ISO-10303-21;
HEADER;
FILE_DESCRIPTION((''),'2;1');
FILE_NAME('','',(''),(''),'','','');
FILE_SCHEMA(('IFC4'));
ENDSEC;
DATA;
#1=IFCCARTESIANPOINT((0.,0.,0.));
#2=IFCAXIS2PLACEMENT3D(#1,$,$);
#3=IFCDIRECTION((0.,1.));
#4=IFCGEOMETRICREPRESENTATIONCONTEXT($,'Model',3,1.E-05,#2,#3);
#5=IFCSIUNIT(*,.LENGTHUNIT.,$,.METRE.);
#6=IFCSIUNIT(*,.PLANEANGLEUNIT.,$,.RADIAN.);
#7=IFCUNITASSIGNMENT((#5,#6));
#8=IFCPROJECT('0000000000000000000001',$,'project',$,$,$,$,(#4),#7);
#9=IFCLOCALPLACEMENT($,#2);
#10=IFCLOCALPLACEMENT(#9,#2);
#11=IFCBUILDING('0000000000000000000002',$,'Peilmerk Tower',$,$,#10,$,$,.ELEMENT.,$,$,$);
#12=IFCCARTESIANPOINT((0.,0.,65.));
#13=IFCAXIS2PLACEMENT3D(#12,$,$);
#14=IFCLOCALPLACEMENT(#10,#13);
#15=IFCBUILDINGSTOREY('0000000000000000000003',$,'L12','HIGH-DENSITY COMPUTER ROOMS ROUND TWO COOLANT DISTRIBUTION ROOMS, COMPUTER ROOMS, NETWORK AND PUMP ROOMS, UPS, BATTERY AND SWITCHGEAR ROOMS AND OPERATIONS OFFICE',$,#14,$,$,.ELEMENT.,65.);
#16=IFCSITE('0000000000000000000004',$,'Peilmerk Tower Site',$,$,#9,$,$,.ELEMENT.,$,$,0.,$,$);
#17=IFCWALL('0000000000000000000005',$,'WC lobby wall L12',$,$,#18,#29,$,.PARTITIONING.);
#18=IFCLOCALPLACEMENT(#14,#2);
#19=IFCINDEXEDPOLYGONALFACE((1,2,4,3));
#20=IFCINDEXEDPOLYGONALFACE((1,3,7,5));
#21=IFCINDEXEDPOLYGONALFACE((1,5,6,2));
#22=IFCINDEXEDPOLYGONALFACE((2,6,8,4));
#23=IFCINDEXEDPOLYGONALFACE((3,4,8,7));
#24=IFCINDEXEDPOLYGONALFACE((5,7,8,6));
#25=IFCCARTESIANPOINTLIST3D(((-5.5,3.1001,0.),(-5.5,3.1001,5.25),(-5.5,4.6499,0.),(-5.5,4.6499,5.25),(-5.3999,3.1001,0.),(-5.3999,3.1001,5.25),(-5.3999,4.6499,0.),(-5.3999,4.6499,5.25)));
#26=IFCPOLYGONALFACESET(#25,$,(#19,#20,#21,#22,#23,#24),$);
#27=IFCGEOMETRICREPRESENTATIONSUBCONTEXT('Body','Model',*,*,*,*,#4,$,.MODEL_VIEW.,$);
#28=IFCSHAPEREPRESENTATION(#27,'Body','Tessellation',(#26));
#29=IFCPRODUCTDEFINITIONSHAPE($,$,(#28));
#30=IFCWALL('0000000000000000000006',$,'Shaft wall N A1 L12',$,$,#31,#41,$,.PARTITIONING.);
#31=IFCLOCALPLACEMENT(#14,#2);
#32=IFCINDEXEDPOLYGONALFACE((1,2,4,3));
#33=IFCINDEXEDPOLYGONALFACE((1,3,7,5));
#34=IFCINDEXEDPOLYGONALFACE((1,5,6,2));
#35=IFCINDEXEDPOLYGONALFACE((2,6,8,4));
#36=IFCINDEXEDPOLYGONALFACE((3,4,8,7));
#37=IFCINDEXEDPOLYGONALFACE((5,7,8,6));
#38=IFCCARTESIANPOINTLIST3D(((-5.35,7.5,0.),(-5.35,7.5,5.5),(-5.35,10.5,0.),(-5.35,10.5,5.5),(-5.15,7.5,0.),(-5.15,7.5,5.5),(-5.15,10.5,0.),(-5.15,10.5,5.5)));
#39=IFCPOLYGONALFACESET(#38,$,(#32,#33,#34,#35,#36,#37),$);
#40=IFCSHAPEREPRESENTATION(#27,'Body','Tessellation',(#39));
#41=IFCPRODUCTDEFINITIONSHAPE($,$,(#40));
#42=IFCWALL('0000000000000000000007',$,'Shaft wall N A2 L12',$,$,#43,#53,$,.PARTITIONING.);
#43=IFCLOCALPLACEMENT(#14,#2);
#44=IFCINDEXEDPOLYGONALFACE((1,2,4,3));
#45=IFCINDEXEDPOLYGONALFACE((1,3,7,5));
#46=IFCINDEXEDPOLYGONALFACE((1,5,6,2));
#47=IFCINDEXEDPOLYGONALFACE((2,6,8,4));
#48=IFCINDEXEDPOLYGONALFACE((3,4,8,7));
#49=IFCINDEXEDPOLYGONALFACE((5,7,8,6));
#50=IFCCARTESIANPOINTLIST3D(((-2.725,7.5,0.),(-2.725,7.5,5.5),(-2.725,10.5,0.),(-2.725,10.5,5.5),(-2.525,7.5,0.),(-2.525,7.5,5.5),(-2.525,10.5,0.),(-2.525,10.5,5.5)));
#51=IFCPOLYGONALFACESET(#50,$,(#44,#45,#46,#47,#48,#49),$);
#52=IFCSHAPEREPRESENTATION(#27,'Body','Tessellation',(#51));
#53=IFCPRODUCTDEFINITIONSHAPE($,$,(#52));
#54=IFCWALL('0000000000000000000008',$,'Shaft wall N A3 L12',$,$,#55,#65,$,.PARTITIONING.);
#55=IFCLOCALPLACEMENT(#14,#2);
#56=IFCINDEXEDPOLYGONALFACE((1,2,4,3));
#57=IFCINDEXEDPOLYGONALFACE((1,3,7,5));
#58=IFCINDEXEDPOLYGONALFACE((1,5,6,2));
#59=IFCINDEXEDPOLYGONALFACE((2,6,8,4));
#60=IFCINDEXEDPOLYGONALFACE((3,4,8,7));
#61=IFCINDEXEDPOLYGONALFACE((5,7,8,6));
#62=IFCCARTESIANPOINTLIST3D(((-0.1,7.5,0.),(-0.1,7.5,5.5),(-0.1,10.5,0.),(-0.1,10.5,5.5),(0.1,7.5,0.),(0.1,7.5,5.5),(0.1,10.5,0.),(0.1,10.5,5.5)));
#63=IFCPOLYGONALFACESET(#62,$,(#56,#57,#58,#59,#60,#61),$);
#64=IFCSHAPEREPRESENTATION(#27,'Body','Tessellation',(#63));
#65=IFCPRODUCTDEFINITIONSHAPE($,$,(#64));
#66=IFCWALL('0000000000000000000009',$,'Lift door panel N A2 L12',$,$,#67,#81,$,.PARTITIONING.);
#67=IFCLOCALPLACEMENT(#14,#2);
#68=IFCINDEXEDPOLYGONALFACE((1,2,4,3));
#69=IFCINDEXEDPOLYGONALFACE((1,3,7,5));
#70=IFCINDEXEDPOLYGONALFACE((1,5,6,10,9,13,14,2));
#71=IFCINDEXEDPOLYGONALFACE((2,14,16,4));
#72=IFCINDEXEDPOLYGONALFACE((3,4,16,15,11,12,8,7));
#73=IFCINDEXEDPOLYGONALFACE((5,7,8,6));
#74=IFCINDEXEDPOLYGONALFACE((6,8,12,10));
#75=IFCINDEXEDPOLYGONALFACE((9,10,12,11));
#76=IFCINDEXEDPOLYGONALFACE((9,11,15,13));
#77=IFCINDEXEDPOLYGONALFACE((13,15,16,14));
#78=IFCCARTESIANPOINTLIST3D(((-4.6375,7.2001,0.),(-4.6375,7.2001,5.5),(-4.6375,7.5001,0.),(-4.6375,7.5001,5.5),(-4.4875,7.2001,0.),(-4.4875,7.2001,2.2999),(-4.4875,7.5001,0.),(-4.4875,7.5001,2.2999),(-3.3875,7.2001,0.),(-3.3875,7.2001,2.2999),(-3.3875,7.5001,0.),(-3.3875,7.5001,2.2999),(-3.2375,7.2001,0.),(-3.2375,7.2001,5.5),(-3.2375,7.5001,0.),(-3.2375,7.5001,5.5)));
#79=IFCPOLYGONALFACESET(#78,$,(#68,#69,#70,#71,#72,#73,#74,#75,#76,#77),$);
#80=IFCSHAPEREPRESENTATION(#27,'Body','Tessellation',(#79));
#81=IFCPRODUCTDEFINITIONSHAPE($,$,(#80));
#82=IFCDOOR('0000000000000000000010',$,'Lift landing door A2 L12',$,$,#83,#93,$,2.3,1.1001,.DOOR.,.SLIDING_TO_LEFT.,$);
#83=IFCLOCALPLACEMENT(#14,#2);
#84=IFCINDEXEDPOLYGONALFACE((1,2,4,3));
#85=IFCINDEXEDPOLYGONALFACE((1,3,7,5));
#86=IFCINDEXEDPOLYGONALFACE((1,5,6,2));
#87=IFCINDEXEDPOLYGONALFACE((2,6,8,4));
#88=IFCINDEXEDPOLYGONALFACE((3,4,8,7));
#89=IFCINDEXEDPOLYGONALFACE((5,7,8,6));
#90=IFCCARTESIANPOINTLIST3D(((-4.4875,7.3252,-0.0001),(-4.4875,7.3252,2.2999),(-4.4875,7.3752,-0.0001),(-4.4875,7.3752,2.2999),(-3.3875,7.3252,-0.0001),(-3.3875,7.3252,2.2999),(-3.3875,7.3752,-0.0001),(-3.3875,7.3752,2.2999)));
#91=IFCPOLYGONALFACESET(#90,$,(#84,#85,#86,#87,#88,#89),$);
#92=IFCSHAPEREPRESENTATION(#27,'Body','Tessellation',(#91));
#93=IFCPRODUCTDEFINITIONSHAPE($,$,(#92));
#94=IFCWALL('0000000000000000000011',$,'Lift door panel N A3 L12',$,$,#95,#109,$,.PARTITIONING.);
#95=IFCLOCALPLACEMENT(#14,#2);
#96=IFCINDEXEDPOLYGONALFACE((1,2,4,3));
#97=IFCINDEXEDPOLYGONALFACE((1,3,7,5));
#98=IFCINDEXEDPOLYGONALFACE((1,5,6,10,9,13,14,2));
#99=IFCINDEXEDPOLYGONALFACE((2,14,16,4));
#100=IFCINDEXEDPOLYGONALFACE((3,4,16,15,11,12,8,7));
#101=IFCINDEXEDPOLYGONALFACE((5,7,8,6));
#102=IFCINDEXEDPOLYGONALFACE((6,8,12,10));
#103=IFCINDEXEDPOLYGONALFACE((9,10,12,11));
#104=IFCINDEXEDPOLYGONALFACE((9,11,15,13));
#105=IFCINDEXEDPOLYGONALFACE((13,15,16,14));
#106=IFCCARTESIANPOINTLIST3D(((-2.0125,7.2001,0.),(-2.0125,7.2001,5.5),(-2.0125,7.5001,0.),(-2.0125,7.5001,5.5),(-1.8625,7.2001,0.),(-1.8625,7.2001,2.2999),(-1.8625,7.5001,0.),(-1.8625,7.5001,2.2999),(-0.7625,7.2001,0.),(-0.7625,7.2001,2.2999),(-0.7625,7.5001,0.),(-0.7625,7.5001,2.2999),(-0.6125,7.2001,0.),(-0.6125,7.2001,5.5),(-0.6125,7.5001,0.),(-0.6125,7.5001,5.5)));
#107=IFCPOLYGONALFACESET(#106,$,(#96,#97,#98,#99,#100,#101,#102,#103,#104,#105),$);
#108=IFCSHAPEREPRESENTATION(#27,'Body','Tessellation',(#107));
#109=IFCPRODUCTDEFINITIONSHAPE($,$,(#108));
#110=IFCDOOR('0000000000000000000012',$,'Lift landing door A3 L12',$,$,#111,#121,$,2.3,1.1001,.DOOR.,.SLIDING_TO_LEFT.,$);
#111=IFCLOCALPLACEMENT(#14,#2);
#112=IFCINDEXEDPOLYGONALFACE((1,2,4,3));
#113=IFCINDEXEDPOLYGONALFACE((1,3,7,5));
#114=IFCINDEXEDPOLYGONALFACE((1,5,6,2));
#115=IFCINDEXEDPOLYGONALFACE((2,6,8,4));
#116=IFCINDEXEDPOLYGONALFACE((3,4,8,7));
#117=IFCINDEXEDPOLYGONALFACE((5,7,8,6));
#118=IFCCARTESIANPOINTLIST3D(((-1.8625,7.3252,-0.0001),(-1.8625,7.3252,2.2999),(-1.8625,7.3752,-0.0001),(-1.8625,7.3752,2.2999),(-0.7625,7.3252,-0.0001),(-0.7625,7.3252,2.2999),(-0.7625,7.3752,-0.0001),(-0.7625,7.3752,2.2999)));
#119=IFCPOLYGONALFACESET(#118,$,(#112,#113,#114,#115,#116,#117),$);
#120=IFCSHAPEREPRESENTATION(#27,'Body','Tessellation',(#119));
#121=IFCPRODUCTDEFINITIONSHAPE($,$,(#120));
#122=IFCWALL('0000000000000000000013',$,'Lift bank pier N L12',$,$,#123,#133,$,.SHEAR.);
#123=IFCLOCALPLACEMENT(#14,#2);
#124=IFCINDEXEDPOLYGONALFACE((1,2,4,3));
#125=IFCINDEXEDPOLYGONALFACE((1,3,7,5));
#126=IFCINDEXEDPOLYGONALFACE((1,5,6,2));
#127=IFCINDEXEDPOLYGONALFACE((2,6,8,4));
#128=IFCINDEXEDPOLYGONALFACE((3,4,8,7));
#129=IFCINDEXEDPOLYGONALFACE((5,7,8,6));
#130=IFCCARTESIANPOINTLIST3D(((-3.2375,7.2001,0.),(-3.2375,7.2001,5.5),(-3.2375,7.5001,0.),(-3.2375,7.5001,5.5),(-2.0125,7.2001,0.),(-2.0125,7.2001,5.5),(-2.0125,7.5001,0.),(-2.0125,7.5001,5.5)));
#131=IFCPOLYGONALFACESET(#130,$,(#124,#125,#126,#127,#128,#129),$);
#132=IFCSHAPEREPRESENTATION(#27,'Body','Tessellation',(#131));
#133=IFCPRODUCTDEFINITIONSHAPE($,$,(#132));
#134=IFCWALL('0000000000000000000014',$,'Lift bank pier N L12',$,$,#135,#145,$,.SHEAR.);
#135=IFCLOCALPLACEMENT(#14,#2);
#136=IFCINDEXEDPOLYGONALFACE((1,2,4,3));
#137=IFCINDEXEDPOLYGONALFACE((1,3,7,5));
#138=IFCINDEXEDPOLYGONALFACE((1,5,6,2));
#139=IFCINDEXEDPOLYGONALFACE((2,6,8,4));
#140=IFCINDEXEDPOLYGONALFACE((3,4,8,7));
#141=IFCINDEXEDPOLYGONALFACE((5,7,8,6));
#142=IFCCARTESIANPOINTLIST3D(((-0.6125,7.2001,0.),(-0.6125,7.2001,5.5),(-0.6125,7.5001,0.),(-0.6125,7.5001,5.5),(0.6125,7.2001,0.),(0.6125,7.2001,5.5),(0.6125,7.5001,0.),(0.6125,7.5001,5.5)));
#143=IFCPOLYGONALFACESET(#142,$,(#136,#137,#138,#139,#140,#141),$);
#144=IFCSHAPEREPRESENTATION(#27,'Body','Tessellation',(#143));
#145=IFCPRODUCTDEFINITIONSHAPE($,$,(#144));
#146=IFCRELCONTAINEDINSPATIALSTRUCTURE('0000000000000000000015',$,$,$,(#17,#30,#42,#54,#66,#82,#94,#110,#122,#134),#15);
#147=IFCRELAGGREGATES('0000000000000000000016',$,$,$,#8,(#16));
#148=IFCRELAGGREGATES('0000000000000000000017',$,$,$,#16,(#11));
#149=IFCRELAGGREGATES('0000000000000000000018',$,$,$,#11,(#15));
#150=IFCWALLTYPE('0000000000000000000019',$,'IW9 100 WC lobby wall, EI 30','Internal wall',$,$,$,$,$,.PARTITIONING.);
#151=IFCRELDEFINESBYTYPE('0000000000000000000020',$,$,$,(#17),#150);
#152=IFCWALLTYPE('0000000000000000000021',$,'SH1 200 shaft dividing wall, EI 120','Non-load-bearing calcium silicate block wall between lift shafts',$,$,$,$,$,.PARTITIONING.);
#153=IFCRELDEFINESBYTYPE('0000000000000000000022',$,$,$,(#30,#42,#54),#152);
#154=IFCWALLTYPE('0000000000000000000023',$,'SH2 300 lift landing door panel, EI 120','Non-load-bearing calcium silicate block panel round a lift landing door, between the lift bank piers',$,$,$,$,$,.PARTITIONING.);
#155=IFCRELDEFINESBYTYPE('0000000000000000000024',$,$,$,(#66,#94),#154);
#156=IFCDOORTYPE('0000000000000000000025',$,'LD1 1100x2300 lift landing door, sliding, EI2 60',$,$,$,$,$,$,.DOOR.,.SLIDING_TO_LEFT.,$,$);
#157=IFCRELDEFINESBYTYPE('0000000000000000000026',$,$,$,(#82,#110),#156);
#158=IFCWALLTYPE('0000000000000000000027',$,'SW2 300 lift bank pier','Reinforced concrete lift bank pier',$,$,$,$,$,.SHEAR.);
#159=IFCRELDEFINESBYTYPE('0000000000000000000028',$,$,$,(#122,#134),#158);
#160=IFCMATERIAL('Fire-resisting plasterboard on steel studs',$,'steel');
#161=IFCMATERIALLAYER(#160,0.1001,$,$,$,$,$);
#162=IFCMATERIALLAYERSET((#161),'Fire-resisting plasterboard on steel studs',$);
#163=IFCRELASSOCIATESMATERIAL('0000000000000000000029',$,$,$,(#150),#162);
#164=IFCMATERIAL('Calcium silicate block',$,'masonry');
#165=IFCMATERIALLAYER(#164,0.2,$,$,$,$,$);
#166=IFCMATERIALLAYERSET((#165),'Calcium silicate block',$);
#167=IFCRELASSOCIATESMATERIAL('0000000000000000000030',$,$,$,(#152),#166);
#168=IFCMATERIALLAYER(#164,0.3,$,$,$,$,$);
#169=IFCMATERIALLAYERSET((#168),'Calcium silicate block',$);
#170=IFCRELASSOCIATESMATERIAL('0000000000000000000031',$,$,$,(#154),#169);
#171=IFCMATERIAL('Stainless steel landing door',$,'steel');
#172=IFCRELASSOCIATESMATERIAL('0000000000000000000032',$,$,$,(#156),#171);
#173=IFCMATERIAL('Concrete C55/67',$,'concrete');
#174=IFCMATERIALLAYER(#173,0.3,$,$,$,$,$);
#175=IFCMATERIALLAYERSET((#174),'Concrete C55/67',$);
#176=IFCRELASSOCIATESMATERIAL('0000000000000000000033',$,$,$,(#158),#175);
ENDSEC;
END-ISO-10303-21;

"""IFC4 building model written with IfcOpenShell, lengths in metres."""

from ifc_helpers import new_model, si_unit, direction, frame, frame_2d, origin, place, context, subcontext, project, spatial, rectangle, extrude, material, layer, layer_set, type_object, element, fill, save


model = new_model("IFC4")

# Units and contexts
model_context = context("Model", 3, precision=1e-05, world=origin(), true_north=direction((0.0, 1.0)))
body_context = subcontext(model_context, "Body", "Model", "MODEL_VIEW")
ifc_project = project(units=[si_unit("LENGTHUNIT", "METRE"), si_unit("PLANEANGLEUNIT", "RADIAN")], contexts=[model_context])

# Site, building, storey
site_placement = place(None, origin())
site = spatial("IfcSite", under=ifc_project, at=site_placement, Name="Peilmerk Tower Site", CompositionType="ELEMENT", RefElevation=0.0)
building_placement = place(site_placement, origin())
building = spatial("IfcBuilding", under=site, at=building_placement, Name="Peilmerk Tower", CompositionType="ELEMENT")
storey_placement = place(building_placement, frame((0.0, 0.0, 65.0)))
storey = spatial("IfcBuildingStorey", under=building, at=storey_placement, Name="L12", Description="HIGH-DENSITY COMPUTER ROOMS ROUND TWO COOLANT DISTRIBUTION ROOMS, COMPUTER ROOMS, NETWORK AND PUMP ROOMS, UPS, BATTERY AND SWITCHGEAR ROOMS AND OPERATIONS OFFICE", CompositionType="ELEMENT", Elevation=65.0)

# Shared definitions
ifc_material_1 = material(Name="Concrete C55/67", Category="concrete")

# Shared definitions
ifc_material_2 = material(Name="Fire-resisting plasterboard on steel studs", Category="steel")
ifc_layer_1 = layer(ifc_material_2, 0.1001)
ifc_layer_set_1 = layer_set([ifc_layer_1], Name="Fire-resisting plasterboard on steel studs")
wall_type_1 = type_object("IfcWallType", Name="IW9 100 WC lobby wall, EI 30", Description="Internal wall", PredefinedType="PARTITIONING", material=ifc_layer_set_1)

# Walls
wall_1_placement = place(storey_placement, frame((-5.45, 3.1001, 0.0), z_axis=(0.0, 0.0, 1.0), x_axis=(0.0, 1.0, 0.0)))
element("IfcWall", 1, at=wall_1_placement, inside=storey, type_object=wall_type_1, Name="WC lobby wall L12", PredefinedType="PARTITIONING", context=body_context, shape_type="SweptSolid", body=[
    extrude(rectangle(XDim=1.5498, YDim=0.1001, at=frame_2d((0.7749, 0.0))), origin(), (0.0, 0.0, 1.0), 5.25),
])
ifc_material_3 = material(Name="Calcium silicate block", Category="masonry")
ifc_layer_2 = layer(ifc_material_3, 0.2)
ifc_layer_set_2 = layer_set([ifc_layer_2], Name="Calcium silicate block")
wall_type_2 = type_object("IfcWallType", Name="SH1 200 shaft dividing wall, EI 120", Description="Non-load-bearing calcium silicate block wall between lift shafts", PredefinedType="PARTITIONING", material=ifc_layer_set_2)
for number, where, z_axis, x_axis, name in (
    (2, (-5.25, 7.5, 0.0), (0.0, 0.0, 1.0), (0.0, 1.0, 0.0), "Shaft wall N A1 L12"),
    (3, (-2.625, 7.5, 0.0), (0.0, 0.0, 1.0), (0.0, 1.0, 0.0), "Shaft wall N A2 L12"),
    (4, (0.0, 7.5, 0.0), (0.0, 0.0, 1.0), (0.0, 1.0, 0.0), "Shaft wall N A3 L12"),
):
    element("IfcWall", number, at=place(storey_placement, frame(where, z_axis=z_axis, x_axis=x_axis)), inside=storey, type_object=wall_type_2, Name=name, PredefinedType="PARTITIONING", context=body_context, shape_type="SweptSolid", body=[
        extrude(rectangle(XDim=3.0, YDim=0.2, at=frame_2d((1.5, 0.0))), origin(), (0.0, 0.0, 1.0), 5.5),
    ])

# Walls, openings, doors
ifc_layer_3 = layer(ifc_material_3, 0.3)
ifc_layer_set_3 = layer_set([ifc_layer_3], Name="Calcium silicate block")
wall_type_3 = type_object("IfcWallType", Name="SH2 300 lift landing door panel, EI 120", Description="Non-load-bearing calcium silicate block panel round a lift landing door, between the lift bank piers", PredefinedType="PARTITIONING", material=ifc_layer_set_3)
wall_2_placement = place(storey_placement, frame((-4.6375, 7.3501, 0.0), z_axis=(0.0, 0.0, 1.0), x_axis=(1.0, 0.0, 0.0)))
wall_2 = element("IfcWall", 5, at=wall_2_placement, inside=storey, type_object=wall_type_3, Name="Lift door panel N A2 L12", PredefinedType="PARTITIONING", context=body_context, shape_type="SweptSolid", body=[
    extrude(rectangle(XDim=1.3999, YDim=0.3, at=frame_2d((0.7, 0.0))), origin(), (0.0, 0.0, 1.0), 5.5),
])
opening_1_placement = place(wall_2_placement, frame((0.1499, 0.0, 0.0)))
opening_1 = element("IfcOpeningElement", 6, at=opening_1_placement, cuts=wall_2, PredefinedType="OPENING", context=body_context, shape_type="SweptSolid", body=[
    extrude(rectangle(XDim=1.1001, YDim=2.3, at=frame_2d((0.55, 1.1499))), frame((0.0, 0.1599, 0.0), z_axis=(0.0, -1.0, 0.0), x_axis=(1.0, 0.0, 0.0)), (0.0, 0.0, 1.0), 0.3201),
])
ifc_material_4 = material(Name="Stainless steel landing door", Category="steel")
door_type_1 = type_object("IfcDoorType", Name="LD1 1100x2300 lift landing door, sliding, EI2 60", OperationType="SLIDING_TO_LEFT", PredefinedType="DOOR", material=ifc_material_4)
door_1_placement = place(opening_1_placement, frame((1.1001, 0.0, 0.0), z_axis=(0.0, 0.0, 1.0), x_axis=(-1.0, 0.0, 0.0)))
door_1 = element("IfcDoor", 7, at=door_1_placement, inside=storey, type_object=door_type_1, Name="Lift landing door A2 L12", OperationType="SLIDING_TO_LEFT", OverallHeight=2.3, OverallWidth=1.1001, PredefinedType="DOOR", context=body_context, shape_type="SweptSolid", body=[
    extrude(rectangle(XDim=1.1001, YDim=2.3, at=frame_2d((0.55, 1.1499))), frame((0.0, 0.0249, 0.0), z_axis=(0.0, -1.0, 0.0), x_axis=(1.0, 0.0, 0.0)), (0.0, 0.0, 1.0), 0.05),
])
fill(opening_1, door_1)
wall_3_placement = place(storey_placement, frame((-2.0125, 7.3501, 0.0), z_axis=(0.0, 0.0, 1.0), x_axis=(1.0, 0.0, 0.0)))
wall_3 = element("IfcWall", 8, at=wall_3_placement, inside=storey, type_object=wall_type_3, Name="Lift door panel N A3 L12", PredefinedType="PARTITIONING", context=body_context, shape_type="SweptSolid", body=[
    extrude(rectangle(XDim=1.3999, YDim=0.3, at=frame_2d((0.7, 0.0))), origin(), (0.0, 0.0, 1.0), 5.5),
])
opening_2_placement = place(wall_3_placement, frame((0.1499, 0.0, 0.0)))
opening_2 = element("IfcOpeningElement", 9, at=opening_2_placement, cuts=wall_3, PredefinedType="OPENING", context=body_context, shape_type="SweptSolid", body=[
    extrude(rectangle(XDim=1.1001, YDim=2.3, at=frame_2d((0.55, 1.1499))), frame((0.0, 0.1599, 0.0), z_axis=(0.0, -1.0, 0.0), x_axis=(1.0, 0.0, 0.0)), (0.0, 0.0, 1.0), 0.3201),
])
door_2_placement = place(opening_2_placement, frame((1.1001, 0.0, 0.0), z_axis=(0.0, 0.0, 1.0), x_axis=(-1.0, 0.0, 0.0)))
door_2 = element("IfcDoor", 10, at=door_2_placement, inside=storey, type_object=door_type_1, Name="Lift landing door A3 L12", OperationType="SLIDING_TO_LEFT", OverallHeight=2.3, OverallWidth=1.1001, PredefinedType="DOOR", context=body_context, shape_type="SweptSolid", body=[
    extrude(rectangle(XDim=1.1001, YDim=2.3, at=frame_2d((0.55, 1.1499))), frame((0.0, 0.0249, 0.0), z_axis=(0.0, -1.0, 0.0), x_axis=(1.0, 0.0, 0.0)), (0.0, 0.0, 1.0), 0.05),
])
fill(opening_2, door_2)

# Walls
ifc_layer_4 = layer(ifc_material_1, 0.3)
ifc_layer_set_4 = layer_set([ifc_layer_4], Name="Concrete C55/67")
wall_type_4 = type_object("IfcWallType", Name="SW2 300 lift bank pier", Description="Reinforced concrete lift bank pier", PredefinedType="SHEAR", material=ifc_layer_set_4)
for number, where, z_axis, x_axis, name in (
    (11, (-3.2375, 7.3501, 0.0), (0.0, 0.0, 1.0), (1.0, 0.0, 0.0), "Lift bank pier N L12"),
    (12, (-0.6125, 7.3501, 0.0), (0.0, 0.0, 1.0), (1.0, 0.0, 0.0), "Lift bank pier N L12"),
):
    element("IfcWall", number, at=place(storey_placement, frame(where, z_axis=z_axis, x_axis=x_axis)), inside=storey, type_object=wall_type_4, Name=name, PredefinedType="SHEAR", context=body_context, shape_type="SweptSolid", body=[
        extrude(rectangle(XDim=1.2251, YDim=0.3, at=frame_2d((0.6125, 0.0))), origin(), (0.0, 0.0, 1.0), 5.5),
    ])

save(model, "model.ifc")
